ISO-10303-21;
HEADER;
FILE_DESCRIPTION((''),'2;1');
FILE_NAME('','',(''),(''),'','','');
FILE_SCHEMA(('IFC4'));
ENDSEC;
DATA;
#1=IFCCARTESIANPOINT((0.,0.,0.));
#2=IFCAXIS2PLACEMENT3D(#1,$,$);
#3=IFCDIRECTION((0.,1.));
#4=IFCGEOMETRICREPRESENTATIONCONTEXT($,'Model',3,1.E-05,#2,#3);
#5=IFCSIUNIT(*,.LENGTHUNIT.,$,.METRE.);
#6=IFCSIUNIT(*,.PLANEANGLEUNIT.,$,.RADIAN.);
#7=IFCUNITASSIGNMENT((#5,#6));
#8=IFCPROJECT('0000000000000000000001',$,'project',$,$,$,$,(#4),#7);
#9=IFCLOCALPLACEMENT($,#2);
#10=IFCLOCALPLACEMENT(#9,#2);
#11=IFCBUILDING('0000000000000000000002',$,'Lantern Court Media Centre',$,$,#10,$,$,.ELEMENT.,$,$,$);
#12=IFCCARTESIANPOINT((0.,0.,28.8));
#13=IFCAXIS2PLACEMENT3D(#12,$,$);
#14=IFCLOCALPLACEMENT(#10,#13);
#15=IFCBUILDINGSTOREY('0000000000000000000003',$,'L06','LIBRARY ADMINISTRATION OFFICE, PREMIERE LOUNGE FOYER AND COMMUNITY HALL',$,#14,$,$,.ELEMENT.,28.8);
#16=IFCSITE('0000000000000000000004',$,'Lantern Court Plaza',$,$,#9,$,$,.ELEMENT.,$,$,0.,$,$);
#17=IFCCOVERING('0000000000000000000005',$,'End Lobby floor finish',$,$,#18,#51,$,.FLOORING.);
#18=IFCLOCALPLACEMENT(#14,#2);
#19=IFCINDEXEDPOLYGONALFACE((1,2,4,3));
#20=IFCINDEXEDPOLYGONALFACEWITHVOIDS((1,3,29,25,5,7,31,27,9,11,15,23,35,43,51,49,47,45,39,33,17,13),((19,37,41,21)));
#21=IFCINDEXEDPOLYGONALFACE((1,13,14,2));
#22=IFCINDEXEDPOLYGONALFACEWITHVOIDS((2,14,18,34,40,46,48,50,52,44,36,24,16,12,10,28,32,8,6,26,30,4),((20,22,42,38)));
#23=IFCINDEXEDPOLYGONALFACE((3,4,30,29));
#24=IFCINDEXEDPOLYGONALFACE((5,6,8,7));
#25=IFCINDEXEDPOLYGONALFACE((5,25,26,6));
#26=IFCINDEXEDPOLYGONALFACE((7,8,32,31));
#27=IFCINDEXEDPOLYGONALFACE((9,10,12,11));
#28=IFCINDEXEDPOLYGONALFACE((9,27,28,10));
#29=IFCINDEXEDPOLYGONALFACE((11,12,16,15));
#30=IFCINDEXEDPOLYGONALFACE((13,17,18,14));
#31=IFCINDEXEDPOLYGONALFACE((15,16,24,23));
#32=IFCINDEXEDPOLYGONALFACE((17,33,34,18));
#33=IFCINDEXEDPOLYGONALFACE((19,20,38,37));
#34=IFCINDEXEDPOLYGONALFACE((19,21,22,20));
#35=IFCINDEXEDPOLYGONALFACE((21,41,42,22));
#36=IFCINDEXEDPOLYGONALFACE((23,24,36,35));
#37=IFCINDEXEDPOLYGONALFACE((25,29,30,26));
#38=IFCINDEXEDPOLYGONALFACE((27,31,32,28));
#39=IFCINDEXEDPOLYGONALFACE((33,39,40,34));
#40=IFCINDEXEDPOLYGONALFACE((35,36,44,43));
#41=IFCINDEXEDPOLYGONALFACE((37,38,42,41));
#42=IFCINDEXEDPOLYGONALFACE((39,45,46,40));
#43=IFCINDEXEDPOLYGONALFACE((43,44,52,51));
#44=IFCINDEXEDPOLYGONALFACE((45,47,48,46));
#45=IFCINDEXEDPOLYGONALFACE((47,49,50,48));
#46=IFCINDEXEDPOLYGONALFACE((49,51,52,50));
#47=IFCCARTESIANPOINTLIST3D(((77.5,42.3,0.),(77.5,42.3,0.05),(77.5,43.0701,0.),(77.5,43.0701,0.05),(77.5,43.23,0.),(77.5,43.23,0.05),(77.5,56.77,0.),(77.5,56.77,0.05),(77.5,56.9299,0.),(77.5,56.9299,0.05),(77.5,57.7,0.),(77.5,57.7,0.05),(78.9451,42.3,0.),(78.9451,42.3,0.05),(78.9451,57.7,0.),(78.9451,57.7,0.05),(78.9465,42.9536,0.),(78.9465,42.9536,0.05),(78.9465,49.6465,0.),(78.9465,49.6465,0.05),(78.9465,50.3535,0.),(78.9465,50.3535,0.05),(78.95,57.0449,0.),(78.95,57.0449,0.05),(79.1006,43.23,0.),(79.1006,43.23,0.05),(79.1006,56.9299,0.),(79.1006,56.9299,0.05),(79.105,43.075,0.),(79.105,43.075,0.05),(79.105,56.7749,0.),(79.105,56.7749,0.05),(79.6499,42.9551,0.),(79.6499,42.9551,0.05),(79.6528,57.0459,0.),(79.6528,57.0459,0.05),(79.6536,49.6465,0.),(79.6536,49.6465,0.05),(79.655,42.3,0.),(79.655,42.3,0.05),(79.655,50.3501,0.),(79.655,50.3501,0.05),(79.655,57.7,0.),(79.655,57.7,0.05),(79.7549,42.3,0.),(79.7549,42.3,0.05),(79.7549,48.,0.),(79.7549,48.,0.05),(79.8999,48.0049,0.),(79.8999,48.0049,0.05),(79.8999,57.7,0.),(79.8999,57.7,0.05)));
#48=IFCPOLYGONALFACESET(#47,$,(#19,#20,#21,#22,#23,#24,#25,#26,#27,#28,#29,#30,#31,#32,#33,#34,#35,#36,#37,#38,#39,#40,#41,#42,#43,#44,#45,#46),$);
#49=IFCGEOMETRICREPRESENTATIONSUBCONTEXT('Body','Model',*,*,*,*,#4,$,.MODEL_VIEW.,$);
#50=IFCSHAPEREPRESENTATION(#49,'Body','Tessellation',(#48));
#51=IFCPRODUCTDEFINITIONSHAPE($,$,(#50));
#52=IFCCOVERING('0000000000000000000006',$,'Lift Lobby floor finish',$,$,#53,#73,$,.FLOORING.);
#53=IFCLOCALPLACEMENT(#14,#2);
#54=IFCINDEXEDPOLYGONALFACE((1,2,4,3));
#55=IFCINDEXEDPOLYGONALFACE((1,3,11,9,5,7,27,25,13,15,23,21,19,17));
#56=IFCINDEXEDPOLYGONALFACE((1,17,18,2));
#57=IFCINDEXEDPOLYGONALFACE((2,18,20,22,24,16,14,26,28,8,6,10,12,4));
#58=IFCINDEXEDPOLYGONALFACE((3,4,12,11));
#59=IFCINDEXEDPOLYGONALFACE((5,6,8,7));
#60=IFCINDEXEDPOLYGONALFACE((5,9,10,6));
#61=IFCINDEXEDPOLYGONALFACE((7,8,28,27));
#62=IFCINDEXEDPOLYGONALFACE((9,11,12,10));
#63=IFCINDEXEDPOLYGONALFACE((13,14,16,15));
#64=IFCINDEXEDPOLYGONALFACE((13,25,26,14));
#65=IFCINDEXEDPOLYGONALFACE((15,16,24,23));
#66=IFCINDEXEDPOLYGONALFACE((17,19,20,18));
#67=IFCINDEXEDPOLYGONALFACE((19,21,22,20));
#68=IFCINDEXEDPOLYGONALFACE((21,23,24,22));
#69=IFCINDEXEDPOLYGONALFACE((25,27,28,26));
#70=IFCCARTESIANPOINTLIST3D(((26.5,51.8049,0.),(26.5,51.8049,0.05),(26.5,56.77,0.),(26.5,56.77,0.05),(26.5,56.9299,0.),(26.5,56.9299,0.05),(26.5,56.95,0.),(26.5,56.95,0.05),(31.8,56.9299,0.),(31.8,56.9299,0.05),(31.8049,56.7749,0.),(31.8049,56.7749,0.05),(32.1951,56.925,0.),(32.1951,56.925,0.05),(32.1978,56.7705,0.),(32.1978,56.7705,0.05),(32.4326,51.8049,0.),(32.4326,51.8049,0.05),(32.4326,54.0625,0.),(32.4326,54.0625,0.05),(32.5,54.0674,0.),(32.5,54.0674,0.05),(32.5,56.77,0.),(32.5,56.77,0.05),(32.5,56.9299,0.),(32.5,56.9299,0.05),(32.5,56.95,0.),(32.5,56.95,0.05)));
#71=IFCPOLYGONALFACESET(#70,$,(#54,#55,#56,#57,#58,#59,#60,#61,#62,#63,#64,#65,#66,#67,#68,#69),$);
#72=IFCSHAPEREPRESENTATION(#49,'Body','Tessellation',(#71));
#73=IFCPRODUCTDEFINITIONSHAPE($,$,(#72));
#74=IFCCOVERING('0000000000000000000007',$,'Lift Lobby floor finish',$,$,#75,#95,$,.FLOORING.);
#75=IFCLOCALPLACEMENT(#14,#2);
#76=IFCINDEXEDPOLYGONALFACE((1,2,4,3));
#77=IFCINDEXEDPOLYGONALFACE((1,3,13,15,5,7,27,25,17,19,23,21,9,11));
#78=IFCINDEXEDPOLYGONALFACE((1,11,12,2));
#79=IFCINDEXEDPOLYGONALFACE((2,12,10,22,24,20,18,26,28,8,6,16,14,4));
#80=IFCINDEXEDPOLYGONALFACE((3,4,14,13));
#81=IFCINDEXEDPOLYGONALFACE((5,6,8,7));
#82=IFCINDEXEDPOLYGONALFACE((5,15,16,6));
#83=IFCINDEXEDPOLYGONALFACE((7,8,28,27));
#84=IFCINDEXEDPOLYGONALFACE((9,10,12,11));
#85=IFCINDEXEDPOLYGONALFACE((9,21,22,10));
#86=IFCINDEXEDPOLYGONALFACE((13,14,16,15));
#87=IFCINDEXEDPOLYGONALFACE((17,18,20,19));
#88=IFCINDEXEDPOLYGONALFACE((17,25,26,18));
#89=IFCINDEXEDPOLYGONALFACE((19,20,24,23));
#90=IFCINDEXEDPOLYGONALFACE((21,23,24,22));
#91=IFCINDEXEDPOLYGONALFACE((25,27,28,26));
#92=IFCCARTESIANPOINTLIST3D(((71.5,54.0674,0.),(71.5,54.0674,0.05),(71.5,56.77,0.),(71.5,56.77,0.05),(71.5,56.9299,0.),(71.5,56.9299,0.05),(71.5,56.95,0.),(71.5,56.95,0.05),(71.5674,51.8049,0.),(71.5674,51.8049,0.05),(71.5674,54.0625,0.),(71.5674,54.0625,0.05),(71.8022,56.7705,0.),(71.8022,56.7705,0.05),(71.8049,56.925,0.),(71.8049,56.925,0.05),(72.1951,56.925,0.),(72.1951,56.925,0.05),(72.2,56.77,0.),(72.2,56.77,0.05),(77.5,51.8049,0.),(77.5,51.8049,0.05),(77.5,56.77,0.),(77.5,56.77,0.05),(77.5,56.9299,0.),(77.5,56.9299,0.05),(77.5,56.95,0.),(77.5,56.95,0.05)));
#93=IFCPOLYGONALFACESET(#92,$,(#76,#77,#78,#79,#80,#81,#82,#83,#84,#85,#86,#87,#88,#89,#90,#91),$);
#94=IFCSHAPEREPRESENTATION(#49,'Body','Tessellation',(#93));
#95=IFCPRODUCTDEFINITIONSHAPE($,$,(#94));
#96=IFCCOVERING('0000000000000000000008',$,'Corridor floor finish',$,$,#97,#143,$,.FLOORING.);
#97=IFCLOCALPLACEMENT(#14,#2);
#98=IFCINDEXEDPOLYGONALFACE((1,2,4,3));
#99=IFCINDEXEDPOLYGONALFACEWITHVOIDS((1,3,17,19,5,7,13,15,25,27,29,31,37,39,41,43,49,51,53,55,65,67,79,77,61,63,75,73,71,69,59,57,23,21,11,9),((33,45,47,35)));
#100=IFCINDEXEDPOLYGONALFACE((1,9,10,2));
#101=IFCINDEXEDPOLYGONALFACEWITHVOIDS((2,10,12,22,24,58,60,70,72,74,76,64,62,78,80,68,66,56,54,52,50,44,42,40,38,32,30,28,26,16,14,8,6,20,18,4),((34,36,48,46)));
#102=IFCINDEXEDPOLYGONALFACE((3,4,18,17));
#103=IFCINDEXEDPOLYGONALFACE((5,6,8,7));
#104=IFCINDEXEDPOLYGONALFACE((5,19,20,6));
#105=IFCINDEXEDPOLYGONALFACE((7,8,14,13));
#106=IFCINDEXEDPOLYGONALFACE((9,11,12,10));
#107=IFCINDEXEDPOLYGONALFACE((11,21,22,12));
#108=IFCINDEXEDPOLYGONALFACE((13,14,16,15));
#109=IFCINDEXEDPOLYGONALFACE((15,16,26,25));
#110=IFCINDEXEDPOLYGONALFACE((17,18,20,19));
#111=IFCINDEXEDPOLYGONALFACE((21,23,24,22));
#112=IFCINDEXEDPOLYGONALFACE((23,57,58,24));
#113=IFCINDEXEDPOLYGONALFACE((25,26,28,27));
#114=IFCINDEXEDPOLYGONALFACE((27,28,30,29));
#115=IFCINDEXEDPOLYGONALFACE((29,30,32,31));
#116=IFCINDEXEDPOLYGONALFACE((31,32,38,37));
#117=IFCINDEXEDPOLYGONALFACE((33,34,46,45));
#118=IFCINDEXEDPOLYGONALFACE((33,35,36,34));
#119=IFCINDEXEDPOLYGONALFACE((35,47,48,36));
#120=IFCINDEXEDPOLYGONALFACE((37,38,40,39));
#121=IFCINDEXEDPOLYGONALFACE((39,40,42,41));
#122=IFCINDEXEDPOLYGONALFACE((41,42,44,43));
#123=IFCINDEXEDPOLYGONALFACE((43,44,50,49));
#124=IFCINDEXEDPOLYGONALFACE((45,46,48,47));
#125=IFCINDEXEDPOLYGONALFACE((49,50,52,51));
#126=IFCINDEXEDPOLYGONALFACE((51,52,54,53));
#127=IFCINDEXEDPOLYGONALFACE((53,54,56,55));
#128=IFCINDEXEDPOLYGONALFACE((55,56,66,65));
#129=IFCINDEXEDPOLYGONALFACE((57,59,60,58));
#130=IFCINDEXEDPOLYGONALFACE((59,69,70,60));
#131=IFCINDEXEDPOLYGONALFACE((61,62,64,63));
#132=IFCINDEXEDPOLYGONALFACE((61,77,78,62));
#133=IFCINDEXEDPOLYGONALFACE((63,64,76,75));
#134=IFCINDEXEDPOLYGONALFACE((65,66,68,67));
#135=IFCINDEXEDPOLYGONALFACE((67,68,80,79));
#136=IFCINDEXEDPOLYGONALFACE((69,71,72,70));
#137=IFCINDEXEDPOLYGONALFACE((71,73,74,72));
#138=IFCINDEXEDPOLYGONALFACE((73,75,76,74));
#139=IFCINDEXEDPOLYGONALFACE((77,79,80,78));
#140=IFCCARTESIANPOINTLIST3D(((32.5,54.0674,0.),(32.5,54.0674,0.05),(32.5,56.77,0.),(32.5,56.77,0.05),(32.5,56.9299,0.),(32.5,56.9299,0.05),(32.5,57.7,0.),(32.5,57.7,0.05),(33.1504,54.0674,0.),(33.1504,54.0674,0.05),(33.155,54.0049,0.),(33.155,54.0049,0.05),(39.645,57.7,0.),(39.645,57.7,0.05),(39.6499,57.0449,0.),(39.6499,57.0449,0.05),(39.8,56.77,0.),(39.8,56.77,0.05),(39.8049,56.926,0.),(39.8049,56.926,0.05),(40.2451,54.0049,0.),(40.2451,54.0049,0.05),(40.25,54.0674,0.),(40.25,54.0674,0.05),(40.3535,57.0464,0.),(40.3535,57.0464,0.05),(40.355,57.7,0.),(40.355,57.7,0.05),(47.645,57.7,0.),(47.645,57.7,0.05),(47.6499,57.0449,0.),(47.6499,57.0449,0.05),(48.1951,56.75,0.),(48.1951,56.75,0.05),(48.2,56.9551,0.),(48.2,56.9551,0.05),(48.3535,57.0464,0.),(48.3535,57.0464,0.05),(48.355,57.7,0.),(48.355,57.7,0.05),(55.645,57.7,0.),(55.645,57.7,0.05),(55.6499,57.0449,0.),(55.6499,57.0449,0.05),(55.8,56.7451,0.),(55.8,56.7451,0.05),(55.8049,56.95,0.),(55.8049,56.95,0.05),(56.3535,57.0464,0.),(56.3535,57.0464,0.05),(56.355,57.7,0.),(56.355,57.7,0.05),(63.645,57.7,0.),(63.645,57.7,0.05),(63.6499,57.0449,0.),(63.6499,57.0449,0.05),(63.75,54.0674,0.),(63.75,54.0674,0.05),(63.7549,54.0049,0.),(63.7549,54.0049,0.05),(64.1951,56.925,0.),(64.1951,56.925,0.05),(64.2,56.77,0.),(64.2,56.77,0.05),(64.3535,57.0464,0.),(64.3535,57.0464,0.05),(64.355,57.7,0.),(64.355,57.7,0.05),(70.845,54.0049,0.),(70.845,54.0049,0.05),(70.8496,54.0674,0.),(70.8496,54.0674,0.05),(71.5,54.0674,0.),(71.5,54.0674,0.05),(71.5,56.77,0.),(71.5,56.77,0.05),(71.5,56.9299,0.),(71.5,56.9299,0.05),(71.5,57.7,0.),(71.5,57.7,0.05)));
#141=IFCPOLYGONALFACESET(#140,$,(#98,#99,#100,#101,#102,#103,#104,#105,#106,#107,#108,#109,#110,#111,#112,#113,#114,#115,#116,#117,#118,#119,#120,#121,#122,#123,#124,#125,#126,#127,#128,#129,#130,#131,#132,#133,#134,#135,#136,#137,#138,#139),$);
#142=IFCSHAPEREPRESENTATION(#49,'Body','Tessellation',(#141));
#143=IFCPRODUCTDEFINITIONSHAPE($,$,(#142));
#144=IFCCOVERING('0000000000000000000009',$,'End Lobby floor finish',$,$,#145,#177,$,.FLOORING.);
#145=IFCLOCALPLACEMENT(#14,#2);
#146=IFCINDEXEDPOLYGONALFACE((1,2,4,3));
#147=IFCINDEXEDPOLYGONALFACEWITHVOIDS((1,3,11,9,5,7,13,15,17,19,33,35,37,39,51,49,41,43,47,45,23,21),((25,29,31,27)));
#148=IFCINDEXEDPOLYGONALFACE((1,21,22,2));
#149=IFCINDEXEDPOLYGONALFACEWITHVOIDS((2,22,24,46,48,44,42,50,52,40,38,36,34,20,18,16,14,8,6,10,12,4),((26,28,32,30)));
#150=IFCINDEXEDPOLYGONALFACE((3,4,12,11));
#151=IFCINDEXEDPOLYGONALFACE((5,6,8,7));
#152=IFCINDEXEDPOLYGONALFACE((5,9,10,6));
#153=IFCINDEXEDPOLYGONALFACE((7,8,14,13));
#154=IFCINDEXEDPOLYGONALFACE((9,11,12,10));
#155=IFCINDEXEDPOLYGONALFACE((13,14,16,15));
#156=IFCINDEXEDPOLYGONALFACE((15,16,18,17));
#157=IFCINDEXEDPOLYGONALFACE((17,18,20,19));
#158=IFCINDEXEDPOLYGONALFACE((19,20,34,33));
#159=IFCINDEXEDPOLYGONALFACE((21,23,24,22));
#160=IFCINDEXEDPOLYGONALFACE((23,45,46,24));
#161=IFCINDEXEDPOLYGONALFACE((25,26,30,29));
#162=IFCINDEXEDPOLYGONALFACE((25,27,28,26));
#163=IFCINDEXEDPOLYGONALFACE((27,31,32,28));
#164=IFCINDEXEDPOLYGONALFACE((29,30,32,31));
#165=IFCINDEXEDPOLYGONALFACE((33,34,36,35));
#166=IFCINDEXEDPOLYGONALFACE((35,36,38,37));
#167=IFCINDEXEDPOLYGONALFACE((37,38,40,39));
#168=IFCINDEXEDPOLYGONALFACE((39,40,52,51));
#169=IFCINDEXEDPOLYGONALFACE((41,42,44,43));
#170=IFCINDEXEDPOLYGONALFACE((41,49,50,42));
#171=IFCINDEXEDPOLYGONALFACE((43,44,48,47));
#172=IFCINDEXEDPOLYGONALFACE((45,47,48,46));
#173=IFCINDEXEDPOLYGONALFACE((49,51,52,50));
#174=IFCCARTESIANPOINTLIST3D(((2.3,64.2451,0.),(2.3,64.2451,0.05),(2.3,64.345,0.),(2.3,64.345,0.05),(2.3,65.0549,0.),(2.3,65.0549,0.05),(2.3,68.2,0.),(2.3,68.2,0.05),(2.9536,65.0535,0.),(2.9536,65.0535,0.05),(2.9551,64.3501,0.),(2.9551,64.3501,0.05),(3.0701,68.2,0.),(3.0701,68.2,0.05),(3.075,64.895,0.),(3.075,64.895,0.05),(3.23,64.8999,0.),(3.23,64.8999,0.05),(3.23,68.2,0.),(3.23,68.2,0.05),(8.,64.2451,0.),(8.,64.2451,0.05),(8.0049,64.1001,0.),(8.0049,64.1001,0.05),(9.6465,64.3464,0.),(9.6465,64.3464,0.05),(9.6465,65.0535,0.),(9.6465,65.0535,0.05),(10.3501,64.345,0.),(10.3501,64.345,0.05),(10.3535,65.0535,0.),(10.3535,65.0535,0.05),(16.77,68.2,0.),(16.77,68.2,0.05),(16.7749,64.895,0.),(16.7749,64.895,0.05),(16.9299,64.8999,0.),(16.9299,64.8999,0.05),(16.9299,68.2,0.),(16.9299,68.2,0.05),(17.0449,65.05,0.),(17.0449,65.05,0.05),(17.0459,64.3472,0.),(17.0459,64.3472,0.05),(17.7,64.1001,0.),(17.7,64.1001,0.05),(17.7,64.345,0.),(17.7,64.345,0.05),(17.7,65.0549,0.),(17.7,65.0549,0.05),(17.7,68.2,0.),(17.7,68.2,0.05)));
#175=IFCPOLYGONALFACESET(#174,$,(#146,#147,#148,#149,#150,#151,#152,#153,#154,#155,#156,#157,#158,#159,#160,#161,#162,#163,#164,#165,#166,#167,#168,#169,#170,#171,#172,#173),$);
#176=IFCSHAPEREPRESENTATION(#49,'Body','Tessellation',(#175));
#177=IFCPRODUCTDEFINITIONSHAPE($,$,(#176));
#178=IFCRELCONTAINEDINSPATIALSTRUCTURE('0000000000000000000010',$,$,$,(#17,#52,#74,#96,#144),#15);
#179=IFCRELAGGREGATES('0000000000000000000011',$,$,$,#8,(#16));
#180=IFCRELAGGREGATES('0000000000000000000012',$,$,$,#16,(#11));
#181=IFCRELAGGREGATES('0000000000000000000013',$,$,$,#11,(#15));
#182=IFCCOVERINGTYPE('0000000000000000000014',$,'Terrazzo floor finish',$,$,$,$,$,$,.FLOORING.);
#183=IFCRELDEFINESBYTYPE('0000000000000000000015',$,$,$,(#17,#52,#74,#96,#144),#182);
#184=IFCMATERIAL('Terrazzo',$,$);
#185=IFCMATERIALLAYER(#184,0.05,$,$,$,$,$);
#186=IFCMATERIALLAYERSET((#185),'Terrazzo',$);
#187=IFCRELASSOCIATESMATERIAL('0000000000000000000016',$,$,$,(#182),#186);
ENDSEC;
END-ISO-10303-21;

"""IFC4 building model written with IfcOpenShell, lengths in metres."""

from ifc_helpers import new_model, si_unit, direction, frame, origin, place, context, subcontext, project, spatial, polyline, outline, extrude, material, layer, layer_set, type_object, element, save


model = new_model("IFC4")

# Units and contexts
model_context = context("Model", 3, precision=1e-05, world=origin(), true_north=direction((0.0, 1.0)))
body_context = subcontext(model_context, "Body", "Model", "MODEL_VIEW")
ifc_project = project(units=[si_unit("LENGTHUNIT", "METRE"), si_unit("PLANEANGLEUNIT", "RADIAN")], contexts=[model_context])

# Site, building, storey
site_placement = place(None, origin())
site = spatial("IfcSite", under=ifc_project, at=site_placement, Name="Lantern Court Plaza", CompositionType="ELEMENT", RefElevation=0.0)
building_placement = place(site_placement, origin())
building = spatial("IfcBuilding", under=site, at=building_placement, Name="Lantern Court Media Centre", CompositionType="ELEMENT")
storey_placement = place(building_placement, frame((0.0, 0.0, 28.8)))
storey = spatial("IfcBuildingStorey", under=building, at=storey_placement, Name="L06", Description="LIBRARY ADMINISTRATION OFFICE, PREMIERE LOUNGE FOYER AND COMMUNITY HALL", CompositionType="ELEMENT", Elevation=28.8)

# Coverings
ifc_material_1 = material(Name="Terrazzo")
ifc_layer_1 = layer(ifc_material_1, 0.05)
ifc_layer_set_1 = layer_set([ifc_layer_1], Name="Terrazzo")
covering_type_1 = type_object("IfcCoveringType", Name="Terrazzo floor finish", PredefinedType="FLOORING", material=ifc_layer_set_1)
covering_1_placement = place(storey_placement, origin())
element("IfcCovering", 1, at=covering_1_placement, inside=storey, type_object=covering_type_1, Name="End Lobby floor finish", PredefinedType="FLOORING", context=body_context, shape_type="SweptSolid", body=[
    extrude(outline(polyline([(77.5, 42.3), (77.5, 43.0701), (79.105, 43.075), (79.1006, 43.23), (77.5, 43.23), (77.5, 56.77), (79.105, 56.7749), (79.1006, 56.9299), (77.5, 56.9299), (77.5, 57.7), (78.9451, 57.7), (78.95, 57.0449), (79.6528, 57.0459), (79.655, 57.7), (79.8999, 57.7), (79.8999, 48.0049), (79.7549, 48.0), (79.7549, 42.3), (79.655, 42.3), (79.6499, 42.9551), (78.9465, 42.9536), (78.9451, 42.3), (77.5, 42.3)]), holes=[polyline([(79.655, 50.3501), (78.9465, 50.3535), (78.9465, 49.6465), (79.6536, 49.6465), (79.655, 50.3501)])]), origin(), (0.0, 0.0, 1.0), 0.05),
])
covering_2_placement = place(storey_placement, origin())
element("IfcCovering", 2, at=covering_2_placement, inside=storey, type_object=covering_type_1, Name="Lift Lobby floor finish", PredefinedType="FLOORING", context=body_context, shape_type="SweptSolid", body=[
    extrude(outline(polyline([(32.5, 54.0674), (32.4326, 54.0625), (32.4326, 51.8049), (26.5, 51.8049), (26.5, 56.77), (31.8049, 56.7749), (31.8, 56.9299), (26.5, 56.9299), (26.5, 56.95), (32.5, 56.95), (32.5, 56.9299), (32.1951, 56.925), (32.1978, 56.7705), (32.5, 56.77), (32.5, 54.0674)])), origin(), (0.0, 0.0, 1.0), 0.05),
])
covering_3_placement = place(storey_placement, origin())
element("IfcCovering", 3, at=covering_3_placement, inside=storey, type_object=covering_type_1, Name="Lift Lobby floor finish", PredefinedType="FLOORING", context=body_context, shape_type="SweptSolid", body=[
    extrude(outline(polyline([(77.5, 51.8049), (71.5674, 51.8049), (71.5674, 54.0625), (71.5, 54.0674), (71.5, 56.77), (71.8022, 56.7705), (71.8049, 56.925), (71.5, 56.9299), (71.5, 56.95), (77.5, 56.95), (77.5, 56.9299), (72.1951, 56.925), (72.2, 56.77), (77.5, 56.77), (77.5, 51.8049)])), origin(), (0.0, 0.0, 1.0), 0.05),
])
covering_4_placement = place(storey_placement, origin())
element("IfcCovering", 4, at=covering_4_placement, inside=storey, type_object=covering_type_1, Name="Corridor floor finish", PredefinedType="FLOORING", context=body_context, shape_type="SweptSolid", body=[
    extrude(outline(polyline([(71.5, 54.0674), (70.8496, 54.0674), (70.845, 54.0049), (63.7549, 54.0049), (63.75, 54.0674), (40.25, 54.0674), (40.2451, 54.0049), (33.155, 54.0049), (33.1504, 54.0674), (32.5, 54.0674), (32.5, 56.77), (39.8, 56.77), (39.8049, 56.926), (32.5, 56.9299), (32.5, 57.7), (39.645, 57.7), (39.6499, 57.0449), (40.3535, 57.0464), (40.355, 57.7), (47.645, 57.7), (47.6499, 57.0449), (48.3535, 57.0464), (48.355, 57.7), (55.645, 57.7), (55.6499, 57.0449), (56.3535, 57.0464), (56.355, 57.7), (63.645, 57.7), (63.6499, 57.0449), (64.3535, 57.0464), (64.355, 57.7), (71.5, 57.7), (71.5, 56.9299), (64.1951, 56.925), (64.2, 56.77), (71.5, 56.77), (71.5, 54.0674)]), holes=[polyline([(48.1951, 56.75), (55.8, 56.7451), (55.8049, 56.95), (48.2, 56.9551), (48.1951, 56.75)])]), origin(), (0.0, 0.0, 1.0), 0.05),
])
covering_5_placement = place(storey_placement, origin())
element("IfcCovering", 5, at=covering_5_placement, inside=storey, type_object=covering_type_1, Name="End Lobby floor finish", PredefinedType="FLOORING", context=body_context, shape_type="SweptSolid", body=[
    extrude(outline(polyline([(17.7, 64.1001), (8.0049, 64.1001), (8.0, 64.2451), (2.3, 64.2451), (2.3, 64.345), (2.9551, 64.3501), (2.9536, 65.0535), (2.3, 65.0549), (2.3, 68.2), (3.0701, 68.2), (3.075, 64.895), (3.23, 64.8999), (3.23, 68.2), (16.77, 68.2), (16.7749, 64.895), (16.9299, 64.8999), (16.9299, 68.2), (17.7, 68.2), (17.7, 65.0549), (17.0449, 65.05), (17.0459, 64.3472), (17.7, 64.345), (17.7, 64.1001)]), holes=[polyline([(10.3501, 64.345), (10.3535, 65.0535), (9.6465, 65.0535), (9.6465, 64.3464), (10.3501, 64.345)])]), origin(), (0.0, 0.0, 1.0), 0.05),
])

save(model, "model.ifc")
